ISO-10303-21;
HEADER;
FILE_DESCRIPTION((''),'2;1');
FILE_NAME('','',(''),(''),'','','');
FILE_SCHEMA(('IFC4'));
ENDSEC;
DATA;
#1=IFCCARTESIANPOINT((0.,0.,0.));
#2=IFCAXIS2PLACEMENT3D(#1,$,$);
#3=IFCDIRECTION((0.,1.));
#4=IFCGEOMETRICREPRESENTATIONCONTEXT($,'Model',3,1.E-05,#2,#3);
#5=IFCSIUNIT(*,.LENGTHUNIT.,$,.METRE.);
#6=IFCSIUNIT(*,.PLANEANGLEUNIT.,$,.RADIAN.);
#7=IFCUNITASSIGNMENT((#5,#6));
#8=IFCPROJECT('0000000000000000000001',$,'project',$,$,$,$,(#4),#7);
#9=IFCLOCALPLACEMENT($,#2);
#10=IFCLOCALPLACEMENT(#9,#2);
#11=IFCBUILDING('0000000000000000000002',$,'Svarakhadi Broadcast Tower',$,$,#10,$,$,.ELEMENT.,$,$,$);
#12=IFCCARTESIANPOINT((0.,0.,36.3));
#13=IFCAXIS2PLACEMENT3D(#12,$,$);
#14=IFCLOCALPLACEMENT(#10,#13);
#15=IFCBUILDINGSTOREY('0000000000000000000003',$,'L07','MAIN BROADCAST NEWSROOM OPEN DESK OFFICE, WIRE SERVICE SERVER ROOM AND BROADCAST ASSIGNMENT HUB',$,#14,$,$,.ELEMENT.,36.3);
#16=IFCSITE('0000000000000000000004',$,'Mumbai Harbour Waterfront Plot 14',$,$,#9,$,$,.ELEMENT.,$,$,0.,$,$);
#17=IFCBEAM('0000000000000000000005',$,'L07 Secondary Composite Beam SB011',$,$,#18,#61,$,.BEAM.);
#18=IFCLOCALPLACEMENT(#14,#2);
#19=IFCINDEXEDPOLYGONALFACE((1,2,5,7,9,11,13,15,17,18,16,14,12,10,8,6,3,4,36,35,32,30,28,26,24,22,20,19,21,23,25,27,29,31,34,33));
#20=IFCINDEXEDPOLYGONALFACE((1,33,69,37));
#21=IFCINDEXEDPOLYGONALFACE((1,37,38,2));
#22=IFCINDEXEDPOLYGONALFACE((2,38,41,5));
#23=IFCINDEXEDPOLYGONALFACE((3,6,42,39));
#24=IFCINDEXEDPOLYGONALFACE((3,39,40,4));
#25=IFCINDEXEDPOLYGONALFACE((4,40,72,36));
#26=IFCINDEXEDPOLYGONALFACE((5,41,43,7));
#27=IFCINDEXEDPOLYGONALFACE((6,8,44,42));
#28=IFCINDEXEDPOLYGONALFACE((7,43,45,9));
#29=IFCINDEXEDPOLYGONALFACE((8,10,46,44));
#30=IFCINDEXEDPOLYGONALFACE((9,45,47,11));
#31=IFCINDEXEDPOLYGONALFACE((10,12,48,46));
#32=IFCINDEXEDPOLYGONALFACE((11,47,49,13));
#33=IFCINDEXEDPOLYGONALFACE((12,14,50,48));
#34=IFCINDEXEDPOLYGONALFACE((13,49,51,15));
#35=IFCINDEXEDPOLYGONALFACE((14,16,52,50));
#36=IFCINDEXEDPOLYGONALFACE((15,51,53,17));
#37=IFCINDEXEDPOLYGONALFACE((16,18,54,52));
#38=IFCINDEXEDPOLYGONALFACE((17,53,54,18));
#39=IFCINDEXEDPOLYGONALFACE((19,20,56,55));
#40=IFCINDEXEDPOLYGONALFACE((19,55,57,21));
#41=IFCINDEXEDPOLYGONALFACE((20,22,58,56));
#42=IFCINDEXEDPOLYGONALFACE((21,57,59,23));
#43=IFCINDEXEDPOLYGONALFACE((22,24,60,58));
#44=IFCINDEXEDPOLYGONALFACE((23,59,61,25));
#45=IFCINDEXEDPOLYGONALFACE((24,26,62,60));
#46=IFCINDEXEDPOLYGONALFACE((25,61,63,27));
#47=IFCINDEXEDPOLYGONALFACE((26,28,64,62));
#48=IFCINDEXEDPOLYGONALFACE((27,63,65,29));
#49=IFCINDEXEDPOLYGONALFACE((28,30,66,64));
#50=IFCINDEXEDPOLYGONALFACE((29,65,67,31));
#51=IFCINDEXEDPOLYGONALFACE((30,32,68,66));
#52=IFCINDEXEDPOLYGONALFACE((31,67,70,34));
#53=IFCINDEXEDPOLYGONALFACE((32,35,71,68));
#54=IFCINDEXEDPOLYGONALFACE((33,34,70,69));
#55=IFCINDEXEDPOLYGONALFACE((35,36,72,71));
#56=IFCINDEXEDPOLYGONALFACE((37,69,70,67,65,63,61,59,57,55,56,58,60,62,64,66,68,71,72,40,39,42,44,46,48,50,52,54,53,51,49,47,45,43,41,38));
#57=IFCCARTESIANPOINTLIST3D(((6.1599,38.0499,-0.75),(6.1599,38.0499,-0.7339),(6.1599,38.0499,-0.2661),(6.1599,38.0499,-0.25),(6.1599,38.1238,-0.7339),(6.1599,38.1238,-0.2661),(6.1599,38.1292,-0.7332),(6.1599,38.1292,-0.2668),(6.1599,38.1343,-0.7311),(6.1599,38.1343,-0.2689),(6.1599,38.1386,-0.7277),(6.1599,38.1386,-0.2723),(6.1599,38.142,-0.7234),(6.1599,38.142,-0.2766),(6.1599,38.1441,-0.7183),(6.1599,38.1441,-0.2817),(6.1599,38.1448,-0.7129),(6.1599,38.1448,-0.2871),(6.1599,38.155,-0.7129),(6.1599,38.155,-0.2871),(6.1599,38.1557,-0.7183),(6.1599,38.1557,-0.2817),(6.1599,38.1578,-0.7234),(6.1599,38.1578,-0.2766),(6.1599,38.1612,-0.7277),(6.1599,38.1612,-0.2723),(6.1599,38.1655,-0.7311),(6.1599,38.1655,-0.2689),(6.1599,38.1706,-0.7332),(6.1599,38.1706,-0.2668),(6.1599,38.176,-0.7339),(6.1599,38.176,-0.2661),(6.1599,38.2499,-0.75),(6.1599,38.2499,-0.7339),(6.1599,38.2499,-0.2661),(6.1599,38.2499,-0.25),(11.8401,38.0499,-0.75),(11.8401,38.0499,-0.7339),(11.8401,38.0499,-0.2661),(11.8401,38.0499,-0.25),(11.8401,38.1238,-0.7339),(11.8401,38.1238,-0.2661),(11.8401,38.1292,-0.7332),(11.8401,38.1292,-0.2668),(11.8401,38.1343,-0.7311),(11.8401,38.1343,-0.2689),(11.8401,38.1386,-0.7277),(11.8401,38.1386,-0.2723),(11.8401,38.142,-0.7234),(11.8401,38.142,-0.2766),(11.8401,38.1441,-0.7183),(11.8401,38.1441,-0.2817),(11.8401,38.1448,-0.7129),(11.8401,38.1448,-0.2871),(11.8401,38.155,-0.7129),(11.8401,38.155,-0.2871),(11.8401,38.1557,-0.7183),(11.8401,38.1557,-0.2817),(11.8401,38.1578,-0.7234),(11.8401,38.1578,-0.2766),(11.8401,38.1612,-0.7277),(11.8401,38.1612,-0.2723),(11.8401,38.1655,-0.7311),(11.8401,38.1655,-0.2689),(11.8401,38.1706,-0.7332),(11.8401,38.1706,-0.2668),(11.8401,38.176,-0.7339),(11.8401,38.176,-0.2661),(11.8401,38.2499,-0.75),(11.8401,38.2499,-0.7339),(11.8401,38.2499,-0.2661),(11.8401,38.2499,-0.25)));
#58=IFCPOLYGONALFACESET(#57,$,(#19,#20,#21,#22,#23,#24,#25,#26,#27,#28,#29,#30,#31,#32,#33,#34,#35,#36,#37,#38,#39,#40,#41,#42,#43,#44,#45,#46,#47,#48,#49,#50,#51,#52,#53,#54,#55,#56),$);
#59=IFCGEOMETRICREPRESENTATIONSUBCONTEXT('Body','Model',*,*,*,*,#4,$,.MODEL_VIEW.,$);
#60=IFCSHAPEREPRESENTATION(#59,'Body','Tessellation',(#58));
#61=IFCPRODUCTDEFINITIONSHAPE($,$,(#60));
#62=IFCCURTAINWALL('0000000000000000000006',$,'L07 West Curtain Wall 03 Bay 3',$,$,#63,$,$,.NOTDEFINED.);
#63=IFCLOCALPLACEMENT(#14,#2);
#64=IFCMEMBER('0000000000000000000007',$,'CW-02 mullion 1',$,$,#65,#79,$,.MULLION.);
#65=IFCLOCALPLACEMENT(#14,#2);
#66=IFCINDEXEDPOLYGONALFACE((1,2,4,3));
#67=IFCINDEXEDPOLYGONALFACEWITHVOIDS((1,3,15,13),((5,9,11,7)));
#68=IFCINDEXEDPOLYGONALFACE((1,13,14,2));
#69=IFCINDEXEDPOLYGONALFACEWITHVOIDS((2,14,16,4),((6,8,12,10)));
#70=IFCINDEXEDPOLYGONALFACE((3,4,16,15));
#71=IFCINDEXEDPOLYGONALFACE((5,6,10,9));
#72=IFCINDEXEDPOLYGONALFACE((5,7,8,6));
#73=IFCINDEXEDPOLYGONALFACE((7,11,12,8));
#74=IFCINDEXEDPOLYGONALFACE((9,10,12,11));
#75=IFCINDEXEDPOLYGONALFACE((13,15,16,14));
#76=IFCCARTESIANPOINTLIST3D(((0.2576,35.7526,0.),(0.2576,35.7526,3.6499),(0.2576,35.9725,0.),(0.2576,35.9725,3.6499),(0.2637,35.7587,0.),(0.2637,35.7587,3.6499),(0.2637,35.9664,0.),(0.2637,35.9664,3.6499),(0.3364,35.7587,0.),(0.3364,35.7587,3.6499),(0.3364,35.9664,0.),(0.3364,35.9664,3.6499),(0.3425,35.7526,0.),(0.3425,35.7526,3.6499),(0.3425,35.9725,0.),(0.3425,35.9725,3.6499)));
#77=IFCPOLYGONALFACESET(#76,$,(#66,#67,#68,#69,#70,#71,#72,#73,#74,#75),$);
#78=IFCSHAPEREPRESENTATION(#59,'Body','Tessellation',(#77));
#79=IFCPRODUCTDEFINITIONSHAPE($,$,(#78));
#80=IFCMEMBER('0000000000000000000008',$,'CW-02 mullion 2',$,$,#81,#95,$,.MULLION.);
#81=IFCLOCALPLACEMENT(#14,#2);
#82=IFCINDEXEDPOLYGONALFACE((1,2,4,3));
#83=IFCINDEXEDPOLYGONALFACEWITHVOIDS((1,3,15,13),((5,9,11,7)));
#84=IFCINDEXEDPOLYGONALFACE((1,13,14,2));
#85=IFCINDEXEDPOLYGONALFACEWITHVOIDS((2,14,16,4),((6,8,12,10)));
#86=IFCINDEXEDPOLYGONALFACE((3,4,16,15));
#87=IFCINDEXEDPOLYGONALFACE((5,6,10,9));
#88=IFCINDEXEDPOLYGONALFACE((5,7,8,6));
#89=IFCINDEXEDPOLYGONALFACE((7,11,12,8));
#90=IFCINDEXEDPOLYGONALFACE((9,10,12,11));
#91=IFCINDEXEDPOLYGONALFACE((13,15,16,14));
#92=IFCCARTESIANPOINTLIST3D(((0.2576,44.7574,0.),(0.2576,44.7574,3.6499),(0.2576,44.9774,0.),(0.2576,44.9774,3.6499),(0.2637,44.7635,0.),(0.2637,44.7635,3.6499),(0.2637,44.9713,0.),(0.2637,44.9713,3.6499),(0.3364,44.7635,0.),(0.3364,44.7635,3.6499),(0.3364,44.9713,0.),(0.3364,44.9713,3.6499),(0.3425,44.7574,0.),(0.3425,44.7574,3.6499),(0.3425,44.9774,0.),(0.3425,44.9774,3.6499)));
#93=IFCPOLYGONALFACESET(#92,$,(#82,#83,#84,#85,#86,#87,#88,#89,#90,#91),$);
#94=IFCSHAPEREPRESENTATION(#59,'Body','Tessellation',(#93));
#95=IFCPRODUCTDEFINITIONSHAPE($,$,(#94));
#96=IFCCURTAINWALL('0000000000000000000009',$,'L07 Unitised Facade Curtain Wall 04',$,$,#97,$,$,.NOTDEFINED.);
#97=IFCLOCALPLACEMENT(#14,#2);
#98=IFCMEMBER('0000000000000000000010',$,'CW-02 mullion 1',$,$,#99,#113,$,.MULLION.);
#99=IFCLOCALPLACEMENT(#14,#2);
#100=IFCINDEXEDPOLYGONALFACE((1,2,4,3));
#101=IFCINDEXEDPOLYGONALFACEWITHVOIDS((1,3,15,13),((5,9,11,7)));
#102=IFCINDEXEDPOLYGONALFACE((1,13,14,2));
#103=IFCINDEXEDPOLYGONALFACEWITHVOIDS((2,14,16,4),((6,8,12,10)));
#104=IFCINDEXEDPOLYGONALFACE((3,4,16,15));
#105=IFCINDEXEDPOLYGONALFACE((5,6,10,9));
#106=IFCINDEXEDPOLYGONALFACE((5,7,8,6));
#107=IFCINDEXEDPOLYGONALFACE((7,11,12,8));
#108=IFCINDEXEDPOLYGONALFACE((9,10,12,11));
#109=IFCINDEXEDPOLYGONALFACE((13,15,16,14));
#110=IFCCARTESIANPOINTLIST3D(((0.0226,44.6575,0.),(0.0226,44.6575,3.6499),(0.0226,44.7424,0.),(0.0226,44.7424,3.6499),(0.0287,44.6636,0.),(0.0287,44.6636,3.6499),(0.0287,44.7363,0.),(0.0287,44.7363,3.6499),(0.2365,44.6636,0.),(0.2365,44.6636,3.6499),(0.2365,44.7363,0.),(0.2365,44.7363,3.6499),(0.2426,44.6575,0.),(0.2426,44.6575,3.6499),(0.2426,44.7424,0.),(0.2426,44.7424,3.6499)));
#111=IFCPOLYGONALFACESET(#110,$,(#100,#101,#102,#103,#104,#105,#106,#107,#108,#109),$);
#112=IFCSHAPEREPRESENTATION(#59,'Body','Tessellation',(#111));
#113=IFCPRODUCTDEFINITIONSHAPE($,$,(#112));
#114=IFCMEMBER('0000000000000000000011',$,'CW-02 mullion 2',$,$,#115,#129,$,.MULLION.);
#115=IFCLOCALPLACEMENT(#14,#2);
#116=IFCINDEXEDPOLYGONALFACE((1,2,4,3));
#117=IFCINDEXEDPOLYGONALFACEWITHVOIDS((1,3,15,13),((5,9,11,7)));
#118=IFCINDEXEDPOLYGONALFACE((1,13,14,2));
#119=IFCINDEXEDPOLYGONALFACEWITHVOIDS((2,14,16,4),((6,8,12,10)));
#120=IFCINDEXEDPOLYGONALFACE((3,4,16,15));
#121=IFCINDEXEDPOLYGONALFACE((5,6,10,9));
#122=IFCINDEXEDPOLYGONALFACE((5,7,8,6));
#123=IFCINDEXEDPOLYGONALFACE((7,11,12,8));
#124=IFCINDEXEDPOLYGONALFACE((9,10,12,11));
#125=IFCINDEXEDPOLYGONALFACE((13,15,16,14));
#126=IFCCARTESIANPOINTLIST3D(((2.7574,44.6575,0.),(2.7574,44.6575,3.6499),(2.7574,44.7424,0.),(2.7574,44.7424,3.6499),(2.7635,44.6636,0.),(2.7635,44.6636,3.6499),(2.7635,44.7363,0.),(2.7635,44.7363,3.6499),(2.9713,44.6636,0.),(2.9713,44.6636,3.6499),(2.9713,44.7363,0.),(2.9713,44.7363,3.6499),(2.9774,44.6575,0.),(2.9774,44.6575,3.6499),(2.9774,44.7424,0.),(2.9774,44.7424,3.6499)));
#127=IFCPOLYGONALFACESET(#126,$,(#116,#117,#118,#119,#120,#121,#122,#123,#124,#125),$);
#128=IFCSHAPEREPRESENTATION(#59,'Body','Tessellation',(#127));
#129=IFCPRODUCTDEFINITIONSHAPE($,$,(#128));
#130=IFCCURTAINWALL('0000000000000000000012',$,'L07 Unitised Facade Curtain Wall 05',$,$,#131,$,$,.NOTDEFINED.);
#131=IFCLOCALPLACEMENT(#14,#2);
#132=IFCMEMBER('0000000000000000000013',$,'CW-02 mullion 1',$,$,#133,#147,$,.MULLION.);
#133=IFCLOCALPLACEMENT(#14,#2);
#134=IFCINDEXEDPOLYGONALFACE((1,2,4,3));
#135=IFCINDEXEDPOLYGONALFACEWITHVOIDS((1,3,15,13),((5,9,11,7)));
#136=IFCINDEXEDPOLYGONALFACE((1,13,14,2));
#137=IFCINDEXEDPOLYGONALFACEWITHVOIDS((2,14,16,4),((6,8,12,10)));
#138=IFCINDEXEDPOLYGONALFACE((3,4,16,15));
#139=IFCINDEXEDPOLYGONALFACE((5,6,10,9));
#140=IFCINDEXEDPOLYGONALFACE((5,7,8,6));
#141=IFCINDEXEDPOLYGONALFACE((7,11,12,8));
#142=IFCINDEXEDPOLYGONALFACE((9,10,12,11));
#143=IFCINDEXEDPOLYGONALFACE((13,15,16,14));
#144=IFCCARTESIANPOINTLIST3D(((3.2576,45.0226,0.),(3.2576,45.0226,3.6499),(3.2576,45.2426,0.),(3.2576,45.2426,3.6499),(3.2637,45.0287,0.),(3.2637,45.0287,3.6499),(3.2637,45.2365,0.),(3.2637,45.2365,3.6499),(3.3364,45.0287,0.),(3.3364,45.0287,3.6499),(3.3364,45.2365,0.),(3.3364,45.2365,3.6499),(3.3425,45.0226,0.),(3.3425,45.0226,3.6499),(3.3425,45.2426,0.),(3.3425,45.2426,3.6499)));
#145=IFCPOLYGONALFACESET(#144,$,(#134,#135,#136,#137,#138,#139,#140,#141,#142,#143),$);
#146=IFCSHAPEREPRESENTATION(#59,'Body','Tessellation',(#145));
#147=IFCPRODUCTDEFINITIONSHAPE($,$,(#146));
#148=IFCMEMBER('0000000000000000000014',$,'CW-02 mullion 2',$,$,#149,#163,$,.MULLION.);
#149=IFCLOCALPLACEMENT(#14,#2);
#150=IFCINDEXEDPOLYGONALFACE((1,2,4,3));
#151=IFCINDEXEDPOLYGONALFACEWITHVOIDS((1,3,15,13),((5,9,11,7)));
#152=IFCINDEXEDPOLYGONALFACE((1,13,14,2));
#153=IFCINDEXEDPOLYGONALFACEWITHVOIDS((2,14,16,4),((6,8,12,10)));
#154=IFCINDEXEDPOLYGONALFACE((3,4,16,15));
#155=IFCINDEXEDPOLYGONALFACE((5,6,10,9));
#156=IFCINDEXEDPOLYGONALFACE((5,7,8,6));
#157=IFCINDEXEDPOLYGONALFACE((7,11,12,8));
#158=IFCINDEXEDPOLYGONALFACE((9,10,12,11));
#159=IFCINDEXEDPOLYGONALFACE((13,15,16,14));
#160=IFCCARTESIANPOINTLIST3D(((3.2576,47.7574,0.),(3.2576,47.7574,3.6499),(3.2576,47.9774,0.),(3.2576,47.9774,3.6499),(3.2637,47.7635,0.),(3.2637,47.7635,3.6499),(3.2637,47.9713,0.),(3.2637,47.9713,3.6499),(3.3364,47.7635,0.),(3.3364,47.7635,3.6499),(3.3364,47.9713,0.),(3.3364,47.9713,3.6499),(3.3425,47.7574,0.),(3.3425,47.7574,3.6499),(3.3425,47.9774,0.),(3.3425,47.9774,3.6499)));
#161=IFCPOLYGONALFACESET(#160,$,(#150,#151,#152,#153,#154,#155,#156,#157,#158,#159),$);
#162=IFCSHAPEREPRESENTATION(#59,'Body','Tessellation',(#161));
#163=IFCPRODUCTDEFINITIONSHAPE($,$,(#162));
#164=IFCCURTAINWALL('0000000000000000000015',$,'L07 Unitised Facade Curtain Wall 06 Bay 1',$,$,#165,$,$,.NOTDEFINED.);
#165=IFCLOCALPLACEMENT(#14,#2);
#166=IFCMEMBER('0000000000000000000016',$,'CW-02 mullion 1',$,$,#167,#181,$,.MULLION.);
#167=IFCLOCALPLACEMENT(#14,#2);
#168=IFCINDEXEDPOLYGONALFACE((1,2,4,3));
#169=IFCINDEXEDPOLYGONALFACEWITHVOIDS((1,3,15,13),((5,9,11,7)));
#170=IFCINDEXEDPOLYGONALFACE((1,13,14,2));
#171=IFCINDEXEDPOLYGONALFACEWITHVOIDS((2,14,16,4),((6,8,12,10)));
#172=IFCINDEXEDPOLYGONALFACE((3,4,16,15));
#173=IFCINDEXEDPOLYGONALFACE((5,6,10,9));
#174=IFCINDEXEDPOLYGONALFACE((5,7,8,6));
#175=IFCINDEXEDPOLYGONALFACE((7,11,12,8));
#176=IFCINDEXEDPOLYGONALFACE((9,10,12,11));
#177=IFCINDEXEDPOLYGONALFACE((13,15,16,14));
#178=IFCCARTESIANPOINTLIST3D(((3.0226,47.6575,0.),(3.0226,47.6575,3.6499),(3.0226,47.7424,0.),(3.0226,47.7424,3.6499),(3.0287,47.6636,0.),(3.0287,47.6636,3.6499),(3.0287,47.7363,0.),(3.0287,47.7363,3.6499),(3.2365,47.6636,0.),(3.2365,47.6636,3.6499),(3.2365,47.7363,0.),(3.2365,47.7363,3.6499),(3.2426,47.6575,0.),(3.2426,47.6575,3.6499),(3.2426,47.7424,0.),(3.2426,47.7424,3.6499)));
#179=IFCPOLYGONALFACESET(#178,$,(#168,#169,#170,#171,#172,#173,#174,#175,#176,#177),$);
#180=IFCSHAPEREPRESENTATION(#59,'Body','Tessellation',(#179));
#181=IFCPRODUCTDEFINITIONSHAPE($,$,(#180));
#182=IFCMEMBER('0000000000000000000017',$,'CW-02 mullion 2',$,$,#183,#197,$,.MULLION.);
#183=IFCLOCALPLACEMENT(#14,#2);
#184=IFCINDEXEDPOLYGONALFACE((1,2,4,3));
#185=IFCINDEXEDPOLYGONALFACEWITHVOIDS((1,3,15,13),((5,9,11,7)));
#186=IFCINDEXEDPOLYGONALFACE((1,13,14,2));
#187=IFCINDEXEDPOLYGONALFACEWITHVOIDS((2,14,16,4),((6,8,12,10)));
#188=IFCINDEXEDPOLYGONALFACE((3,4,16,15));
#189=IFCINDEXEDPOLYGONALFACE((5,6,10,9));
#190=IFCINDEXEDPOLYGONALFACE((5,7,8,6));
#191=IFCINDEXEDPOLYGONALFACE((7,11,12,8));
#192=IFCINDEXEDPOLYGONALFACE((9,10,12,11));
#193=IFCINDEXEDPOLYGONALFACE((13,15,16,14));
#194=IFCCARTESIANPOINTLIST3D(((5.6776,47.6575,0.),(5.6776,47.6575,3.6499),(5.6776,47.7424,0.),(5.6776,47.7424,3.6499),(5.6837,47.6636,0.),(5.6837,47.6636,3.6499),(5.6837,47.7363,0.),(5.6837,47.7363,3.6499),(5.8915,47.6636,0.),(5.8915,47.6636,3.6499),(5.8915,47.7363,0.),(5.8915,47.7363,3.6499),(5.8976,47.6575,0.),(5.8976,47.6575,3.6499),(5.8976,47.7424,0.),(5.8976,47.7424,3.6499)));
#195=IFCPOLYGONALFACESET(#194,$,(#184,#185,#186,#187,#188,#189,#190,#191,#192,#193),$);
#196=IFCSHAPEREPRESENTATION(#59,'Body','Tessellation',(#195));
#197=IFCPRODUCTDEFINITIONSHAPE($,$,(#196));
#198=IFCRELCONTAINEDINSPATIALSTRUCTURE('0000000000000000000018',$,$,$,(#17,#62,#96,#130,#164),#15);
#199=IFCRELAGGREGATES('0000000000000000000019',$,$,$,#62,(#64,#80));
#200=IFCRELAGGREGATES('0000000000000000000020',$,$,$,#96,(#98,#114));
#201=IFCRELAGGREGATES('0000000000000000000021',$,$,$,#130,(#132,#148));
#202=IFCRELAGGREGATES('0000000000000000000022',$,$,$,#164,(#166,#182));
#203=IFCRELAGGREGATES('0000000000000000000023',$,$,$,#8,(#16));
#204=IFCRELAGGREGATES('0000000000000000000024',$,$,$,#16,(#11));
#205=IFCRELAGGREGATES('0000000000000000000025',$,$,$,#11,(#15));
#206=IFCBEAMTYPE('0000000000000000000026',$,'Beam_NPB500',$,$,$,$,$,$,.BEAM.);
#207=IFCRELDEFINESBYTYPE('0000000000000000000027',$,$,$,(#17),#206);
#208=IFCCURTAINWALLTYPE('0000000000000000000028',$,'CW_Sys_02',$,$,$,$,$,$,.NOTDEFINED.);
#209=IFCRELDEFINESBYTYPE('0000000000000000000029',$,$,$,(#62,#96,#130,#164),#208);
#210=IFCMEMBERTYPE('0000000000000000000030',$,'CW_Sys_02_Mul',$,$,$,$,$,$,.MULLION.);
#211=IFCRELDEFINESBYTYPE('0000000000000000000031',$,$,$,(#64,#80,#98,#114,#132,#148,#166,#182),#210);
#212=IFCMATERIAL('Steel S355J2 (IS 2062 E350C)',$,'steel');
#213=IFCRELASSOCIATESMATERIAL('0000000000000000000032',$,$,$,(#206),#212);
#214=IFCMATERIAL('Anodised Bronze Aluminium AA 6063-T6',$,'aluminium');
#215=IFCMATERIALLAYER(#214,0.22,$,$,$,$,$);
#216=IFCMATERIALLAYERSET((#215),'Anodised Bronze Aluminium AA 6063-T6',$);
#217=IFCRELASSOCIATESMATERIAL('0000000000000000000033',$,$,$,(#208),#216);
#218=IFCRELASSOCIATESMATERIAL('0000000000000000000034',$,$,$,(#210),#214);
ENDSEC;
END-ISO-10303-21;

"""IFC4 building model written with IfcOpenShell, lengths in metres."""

from ifc_helpers import new_model, si_unit, direction, frame, origin, origin_2d, place, context, subcontext, project, spatial, hollow_rectangle, i_section, extrude, material, layer, layer_set, material_profile, profile_set, type_object, element, aggregate, save


model = new_model("IFC4")

# Units and contexts
model_context = context("Model", 3, precision=1e-05, world=origin(), true_north=direction((0.0, 1.0)))
body_context = subcontext(model_context, "Body", "Model", "MODEL_VIEW")
ifc_project = project(units=[si_unit("LENGTHUNIT", "METRE"), si_unit("PLANEANGLEUNIT", "RADIAN")], contexts=[model_context])

# Site, building, storey
site_placement = place(None, origin())
site = spatial("IfcSite", under=ifc_project, at=site_placement, Name="Mumbai Harbour Waterfront Plot 14", CompositionType="ELEMENT", RefElevation=0.0)
building_placement = place(site_placement, origin())
building = spatial("IfcBuilding", under=site, at=building_placement, Name="Svarakhadi Broadcast Tower", CompositionType="ELEMENT")
storey_placement = place(building_placement, frame((0.0, 0.0, 36.3)))
storey = spatial("IfcBuildingStorey", under=building, at=storey_placement, Name="L07", Description="MAIN BROADCAST NEWSROOM OPEN DESK OFFICE, WIRE SERVICE SERVER ROOM AND BROADCAST ASSIGNMENT HUB", CompositionType="ELEMENT", Elevation=36.3)

# Beam
ifc_material_1 = material(Name="Steel S355J2 (IS 2062 E350C)", Category="steel")
ifc_material_profile_1 = material_profile(ifc_material_1, i_section(OverallWidth=0.2, OverallDepth=0.5, WebThickness=0.0103, FlangeThickness=0.0161, FilletRadius=0.021, at=origin_2d()), Name="NPB 500x200x91")
ifc_profile_set_1 = profile_set([ifc_material_profile_1], Name="Steel S355J2 (IS 2062 E350C)")
beam_type_1 = type_object("IfcBeamType", Name="Beam_NPB500", PredefinedType="BEAM", material=ifc_profile_set_1)
beam_1_placement = place(storey_placement, frame((6.1599, 38.1499, -0.5), z_axis=(1.0, 0.0, 0.0), x_axis=(0.0, 1.0, 0.0)))
element("IfcBeam", 1, at=beam_1_placement, inside=storey, type_object=beam_type_1, Name="L07 Secondary Composite Beam SB011", PredefinedType="BEAM", context=body_context, shape_type="SweptSolid", body=[
    extrude(i_section(OverallWidth=0.2, OverallDepth=0.5, WebThickness=0.0103, FlangeThickness=0.0161, FilletRadius=0.021, at=origin_2d()), origin(), (0.0, 0.0, 1.0), 5.6802),
])

# Curtain walls, members
ifc_material_2 = material(Name="Anodised Bronze Aluminium AA 6063-T6", Category="aluminium")
ifc_layer_1 = layer(ifc_material_2, 0.22)
ifc_layer_set_1 = layer_set([ifc_layer_1], Name="Anodised Bronze Aluminium AA 6063-T6")
curtain_wall_type = type_object("IfcCurtainWallType", Name="CW_Sys_02", PredefinedType="NOTDEFINED", material=ifc_layer_set_1)
curtain_wall_1_placement = place(storey_placement, origin())
curtain_wall_1 = element("IfcCurtainWall", 2, at=curtain_wall_1_placement, inside=storey, type_object=curtain_wall_type, Name="L07 West Curtain Wall 03 Bay 3", PredefinedType="NOTDEFINED")
ifc_material_profile_2 = material_profile(ifc_material_2, hollow_rectangle(XDim=0.085, YDim=0.22, WallThickness=0.0061, at=origin_2d()), Name="ALU MULLION 220x85x6")
ifc_profile_set_2 = profile_set([ifc_material_profile_2], Name="Anodised Bronze Aluminium AA 6063-T6")
member_type_1 = type_object("IfcMemberType", Name="CW_Sys_02_Mul", PredefinedType="MULLION", material=ifc_profile_set_2)
member_1_placement = place(storey_placement, frame((0.3, 35.8625, 0.0), z_axis=(0.0, 0.0, 1.0), x_axis=(-1.0, 0.0, 0.0)))
member_1 = element("IfcMember", 3, at=member_1_placement, type_object=member_type_1, Name="CW-02 mullion 1", PredefinedType="MULLION", context=body_context, shape_type="SweptSolid", body=[
    extrude(hollow_rectangle(XDim=0.085, YDim=0.22, WallThickness=0.0061, at=origin_2d()), origin(), (0.0, 0.0, 1.0), 3.6499),
])
member_2_placement = place(storey_placement, frame((0.3, 44.8674, 0.0), z_axis=(0.0, 0.0, 1.0), x_axis=(-1.0, 0.0, 0.0)))
member_2 = element("IfcMember", 4, at=member_2_placement, type_object=member_type_1, Name="CW-02 mullion 2", PredefinedType="MULLION", context=body_context, shape_type="SweptSolid", body=[
    extrude(hollow_rectangle(XDim=0.085, YDim=0.22, WallThickness=0.0061, at=origin_2d()), origin(), (0.0, 0.0, 1.0), 3.6499),
])
curtain_wall_2_placement = place(storey_placement, origin())
curtain_wall_2 = element("IfcCurtainWall", 5, at=curtain_wall_2_placement, inside=storey, type_object=curtain_wall_type, Name="L07 Unitised Facade Curtain Wall 04", PredefinedType="NOTDEFINED")
member_3_placement = place(storey_placement, frame((0.1326, 44.7, 0.0), z_axis=(0.0, 0.0, 1.0), x_axis=(0.0, 1.0, 0.0)))
member_3 = element("IfcMember", 6, at=member_3_placement, type_object=member_type_1, Name="CW-02 mullion 1", PredefinedType="MULLION", context=body_context, shape_type="SweptSolid", body=[
    extrude(hollow_rectangle(XDim=0.085, YDim=0.22, WallThickness=0.0061, at=origin_2d()), origin(), (0.0, 0.0, 1.0), 3.6499),
])
member_4_placement = place(storey_placement, frame((2.8674, 44.7, 0.0), z_axis=(0.0, 0.0, 1.0), x_axis=(0.0, 1.0, 0.0)))
member_4 = element("IfcMember", 7, at=member_4_placement, type_object=member_type_1, Name="CW-02 mullion 2", PredefinedType="MULLION", context=body_context, shape_type="SweptSolid", body=[
    extrude(hollow_rectangle(XDim=0.085, YDim=0.22, WallThickness=0.0061, at=origin_2d()), origin(), (0.0, 0.0, 1.0), 3.6499),
])
curtain_wall_3_placement = place(storey_placement, origin())
curtain_wall_3 = element("IfcCurtainWall", 8, at=curtain_wall_3_placement, inside=storey, type_object=curtain_wall_type, Name="L07 Unitised Facade Curtain Wall 05", PredefinedType="NOTDEFINED")
member_5_placement = place(storey_placement, frame((3.3, 45.1326, 0.0), z_axis=(0.0, 0.0, 1.0), x_axis=(-1.0, 0.0, 0.0)))
member_5 = element("IfcMember", 9, at=member_5_placement, type_object=member_type_1, Name="CW-02 mullion 1", PredefinedType="MULLION", context=body_context, shape_type="SweptSolid", body=[
    extrude(hollow_rectangle(XDim=0.085, YDim=0.22, WallThickness=0.0061, at=origin_2d()), origin(), (0.0, 0.0, 1.0), 3.6499),
])
member_6_placement = place(storey_placement, frame((3.3, 47.8674, 0.0), z_axis=(0.0, 0.0, 1.0), x_axis=(-1.0, 0.0, 0.0)))
member_6 = element("IfcMember", 10, at=member_6_placement, type_object=member_type_1, Name="CW-02 mullion 2", PredefinedType="MULLION", context=body_context, shape_type="SweptSolid", body=[
    extrude(hollow_rectangle(XDim=0.085, YDim=0.22, WallThickness=0.0061, at=origin_2d()), origin(), (0.0, 0.0, 1.0), 3.6499),
])
curtain_wall_4_placement = place(storey_placement, origin())
curtain_wall_4 = element("IfcCurtainWall", 11, at=curtain_wall_4_placement, inside=storey, type_object=curtain_wall_type, Name="L07 Unitised Facade Curtain Wall 06 Bay 1", PredefinedType="NOTDEFINED")
member_7_placement = place(storey_placement, frame((3.1326, 47.7, 0.0), z_axis=(0.0, 0.0, 1.0), x_axis=(0.0, 1.0, 0.0)))
member_7 = element("IfcMember", 12, at=member_7_placement, type_object=member_type_1, Name="CW-02 mullion 1", PredefinedType="MULLION", context=body_context, shape_type="SweptSolid", body=[
    extrude(hollow_rectangle(XDim=0.085, YDim=0.22, WallThickness=0.0061, at=origin_2d()), origin(), (0.0, 0.0, 1.0), 3.6499),
])
member_8_placement = place(storey_placement, frame((5.7876, 47.7, 0.0), z_axis=(0.0, 0.0, 1.0), x_axis=(0.0, 1.0, 0.0)))
member_8 = element("IfcMember", 13, at=member_8_placement, type_object=member_type_1, Name="CW-02 mullion 2", PredefinedType="MULLION", context=body_context, shape_type="SweptSolid", body=[
    extrude(hollow_rectangle(XDim=0.085, YDim=0.22, WallThickness=0.0061, at=origin_2d()), origin(), (0.0, 0.0, 1.0), 3.6499),
])

aggregate(curtain_wall_1, [member_1, member_2])
aggregate(curtain_wall_2, [member_3, member_4])
aggregate(curtain_wall_3, [member_5, member_6])
aggregate(curtain_wall_4, [member_7, member_8])

save(model, "model.ifc")
